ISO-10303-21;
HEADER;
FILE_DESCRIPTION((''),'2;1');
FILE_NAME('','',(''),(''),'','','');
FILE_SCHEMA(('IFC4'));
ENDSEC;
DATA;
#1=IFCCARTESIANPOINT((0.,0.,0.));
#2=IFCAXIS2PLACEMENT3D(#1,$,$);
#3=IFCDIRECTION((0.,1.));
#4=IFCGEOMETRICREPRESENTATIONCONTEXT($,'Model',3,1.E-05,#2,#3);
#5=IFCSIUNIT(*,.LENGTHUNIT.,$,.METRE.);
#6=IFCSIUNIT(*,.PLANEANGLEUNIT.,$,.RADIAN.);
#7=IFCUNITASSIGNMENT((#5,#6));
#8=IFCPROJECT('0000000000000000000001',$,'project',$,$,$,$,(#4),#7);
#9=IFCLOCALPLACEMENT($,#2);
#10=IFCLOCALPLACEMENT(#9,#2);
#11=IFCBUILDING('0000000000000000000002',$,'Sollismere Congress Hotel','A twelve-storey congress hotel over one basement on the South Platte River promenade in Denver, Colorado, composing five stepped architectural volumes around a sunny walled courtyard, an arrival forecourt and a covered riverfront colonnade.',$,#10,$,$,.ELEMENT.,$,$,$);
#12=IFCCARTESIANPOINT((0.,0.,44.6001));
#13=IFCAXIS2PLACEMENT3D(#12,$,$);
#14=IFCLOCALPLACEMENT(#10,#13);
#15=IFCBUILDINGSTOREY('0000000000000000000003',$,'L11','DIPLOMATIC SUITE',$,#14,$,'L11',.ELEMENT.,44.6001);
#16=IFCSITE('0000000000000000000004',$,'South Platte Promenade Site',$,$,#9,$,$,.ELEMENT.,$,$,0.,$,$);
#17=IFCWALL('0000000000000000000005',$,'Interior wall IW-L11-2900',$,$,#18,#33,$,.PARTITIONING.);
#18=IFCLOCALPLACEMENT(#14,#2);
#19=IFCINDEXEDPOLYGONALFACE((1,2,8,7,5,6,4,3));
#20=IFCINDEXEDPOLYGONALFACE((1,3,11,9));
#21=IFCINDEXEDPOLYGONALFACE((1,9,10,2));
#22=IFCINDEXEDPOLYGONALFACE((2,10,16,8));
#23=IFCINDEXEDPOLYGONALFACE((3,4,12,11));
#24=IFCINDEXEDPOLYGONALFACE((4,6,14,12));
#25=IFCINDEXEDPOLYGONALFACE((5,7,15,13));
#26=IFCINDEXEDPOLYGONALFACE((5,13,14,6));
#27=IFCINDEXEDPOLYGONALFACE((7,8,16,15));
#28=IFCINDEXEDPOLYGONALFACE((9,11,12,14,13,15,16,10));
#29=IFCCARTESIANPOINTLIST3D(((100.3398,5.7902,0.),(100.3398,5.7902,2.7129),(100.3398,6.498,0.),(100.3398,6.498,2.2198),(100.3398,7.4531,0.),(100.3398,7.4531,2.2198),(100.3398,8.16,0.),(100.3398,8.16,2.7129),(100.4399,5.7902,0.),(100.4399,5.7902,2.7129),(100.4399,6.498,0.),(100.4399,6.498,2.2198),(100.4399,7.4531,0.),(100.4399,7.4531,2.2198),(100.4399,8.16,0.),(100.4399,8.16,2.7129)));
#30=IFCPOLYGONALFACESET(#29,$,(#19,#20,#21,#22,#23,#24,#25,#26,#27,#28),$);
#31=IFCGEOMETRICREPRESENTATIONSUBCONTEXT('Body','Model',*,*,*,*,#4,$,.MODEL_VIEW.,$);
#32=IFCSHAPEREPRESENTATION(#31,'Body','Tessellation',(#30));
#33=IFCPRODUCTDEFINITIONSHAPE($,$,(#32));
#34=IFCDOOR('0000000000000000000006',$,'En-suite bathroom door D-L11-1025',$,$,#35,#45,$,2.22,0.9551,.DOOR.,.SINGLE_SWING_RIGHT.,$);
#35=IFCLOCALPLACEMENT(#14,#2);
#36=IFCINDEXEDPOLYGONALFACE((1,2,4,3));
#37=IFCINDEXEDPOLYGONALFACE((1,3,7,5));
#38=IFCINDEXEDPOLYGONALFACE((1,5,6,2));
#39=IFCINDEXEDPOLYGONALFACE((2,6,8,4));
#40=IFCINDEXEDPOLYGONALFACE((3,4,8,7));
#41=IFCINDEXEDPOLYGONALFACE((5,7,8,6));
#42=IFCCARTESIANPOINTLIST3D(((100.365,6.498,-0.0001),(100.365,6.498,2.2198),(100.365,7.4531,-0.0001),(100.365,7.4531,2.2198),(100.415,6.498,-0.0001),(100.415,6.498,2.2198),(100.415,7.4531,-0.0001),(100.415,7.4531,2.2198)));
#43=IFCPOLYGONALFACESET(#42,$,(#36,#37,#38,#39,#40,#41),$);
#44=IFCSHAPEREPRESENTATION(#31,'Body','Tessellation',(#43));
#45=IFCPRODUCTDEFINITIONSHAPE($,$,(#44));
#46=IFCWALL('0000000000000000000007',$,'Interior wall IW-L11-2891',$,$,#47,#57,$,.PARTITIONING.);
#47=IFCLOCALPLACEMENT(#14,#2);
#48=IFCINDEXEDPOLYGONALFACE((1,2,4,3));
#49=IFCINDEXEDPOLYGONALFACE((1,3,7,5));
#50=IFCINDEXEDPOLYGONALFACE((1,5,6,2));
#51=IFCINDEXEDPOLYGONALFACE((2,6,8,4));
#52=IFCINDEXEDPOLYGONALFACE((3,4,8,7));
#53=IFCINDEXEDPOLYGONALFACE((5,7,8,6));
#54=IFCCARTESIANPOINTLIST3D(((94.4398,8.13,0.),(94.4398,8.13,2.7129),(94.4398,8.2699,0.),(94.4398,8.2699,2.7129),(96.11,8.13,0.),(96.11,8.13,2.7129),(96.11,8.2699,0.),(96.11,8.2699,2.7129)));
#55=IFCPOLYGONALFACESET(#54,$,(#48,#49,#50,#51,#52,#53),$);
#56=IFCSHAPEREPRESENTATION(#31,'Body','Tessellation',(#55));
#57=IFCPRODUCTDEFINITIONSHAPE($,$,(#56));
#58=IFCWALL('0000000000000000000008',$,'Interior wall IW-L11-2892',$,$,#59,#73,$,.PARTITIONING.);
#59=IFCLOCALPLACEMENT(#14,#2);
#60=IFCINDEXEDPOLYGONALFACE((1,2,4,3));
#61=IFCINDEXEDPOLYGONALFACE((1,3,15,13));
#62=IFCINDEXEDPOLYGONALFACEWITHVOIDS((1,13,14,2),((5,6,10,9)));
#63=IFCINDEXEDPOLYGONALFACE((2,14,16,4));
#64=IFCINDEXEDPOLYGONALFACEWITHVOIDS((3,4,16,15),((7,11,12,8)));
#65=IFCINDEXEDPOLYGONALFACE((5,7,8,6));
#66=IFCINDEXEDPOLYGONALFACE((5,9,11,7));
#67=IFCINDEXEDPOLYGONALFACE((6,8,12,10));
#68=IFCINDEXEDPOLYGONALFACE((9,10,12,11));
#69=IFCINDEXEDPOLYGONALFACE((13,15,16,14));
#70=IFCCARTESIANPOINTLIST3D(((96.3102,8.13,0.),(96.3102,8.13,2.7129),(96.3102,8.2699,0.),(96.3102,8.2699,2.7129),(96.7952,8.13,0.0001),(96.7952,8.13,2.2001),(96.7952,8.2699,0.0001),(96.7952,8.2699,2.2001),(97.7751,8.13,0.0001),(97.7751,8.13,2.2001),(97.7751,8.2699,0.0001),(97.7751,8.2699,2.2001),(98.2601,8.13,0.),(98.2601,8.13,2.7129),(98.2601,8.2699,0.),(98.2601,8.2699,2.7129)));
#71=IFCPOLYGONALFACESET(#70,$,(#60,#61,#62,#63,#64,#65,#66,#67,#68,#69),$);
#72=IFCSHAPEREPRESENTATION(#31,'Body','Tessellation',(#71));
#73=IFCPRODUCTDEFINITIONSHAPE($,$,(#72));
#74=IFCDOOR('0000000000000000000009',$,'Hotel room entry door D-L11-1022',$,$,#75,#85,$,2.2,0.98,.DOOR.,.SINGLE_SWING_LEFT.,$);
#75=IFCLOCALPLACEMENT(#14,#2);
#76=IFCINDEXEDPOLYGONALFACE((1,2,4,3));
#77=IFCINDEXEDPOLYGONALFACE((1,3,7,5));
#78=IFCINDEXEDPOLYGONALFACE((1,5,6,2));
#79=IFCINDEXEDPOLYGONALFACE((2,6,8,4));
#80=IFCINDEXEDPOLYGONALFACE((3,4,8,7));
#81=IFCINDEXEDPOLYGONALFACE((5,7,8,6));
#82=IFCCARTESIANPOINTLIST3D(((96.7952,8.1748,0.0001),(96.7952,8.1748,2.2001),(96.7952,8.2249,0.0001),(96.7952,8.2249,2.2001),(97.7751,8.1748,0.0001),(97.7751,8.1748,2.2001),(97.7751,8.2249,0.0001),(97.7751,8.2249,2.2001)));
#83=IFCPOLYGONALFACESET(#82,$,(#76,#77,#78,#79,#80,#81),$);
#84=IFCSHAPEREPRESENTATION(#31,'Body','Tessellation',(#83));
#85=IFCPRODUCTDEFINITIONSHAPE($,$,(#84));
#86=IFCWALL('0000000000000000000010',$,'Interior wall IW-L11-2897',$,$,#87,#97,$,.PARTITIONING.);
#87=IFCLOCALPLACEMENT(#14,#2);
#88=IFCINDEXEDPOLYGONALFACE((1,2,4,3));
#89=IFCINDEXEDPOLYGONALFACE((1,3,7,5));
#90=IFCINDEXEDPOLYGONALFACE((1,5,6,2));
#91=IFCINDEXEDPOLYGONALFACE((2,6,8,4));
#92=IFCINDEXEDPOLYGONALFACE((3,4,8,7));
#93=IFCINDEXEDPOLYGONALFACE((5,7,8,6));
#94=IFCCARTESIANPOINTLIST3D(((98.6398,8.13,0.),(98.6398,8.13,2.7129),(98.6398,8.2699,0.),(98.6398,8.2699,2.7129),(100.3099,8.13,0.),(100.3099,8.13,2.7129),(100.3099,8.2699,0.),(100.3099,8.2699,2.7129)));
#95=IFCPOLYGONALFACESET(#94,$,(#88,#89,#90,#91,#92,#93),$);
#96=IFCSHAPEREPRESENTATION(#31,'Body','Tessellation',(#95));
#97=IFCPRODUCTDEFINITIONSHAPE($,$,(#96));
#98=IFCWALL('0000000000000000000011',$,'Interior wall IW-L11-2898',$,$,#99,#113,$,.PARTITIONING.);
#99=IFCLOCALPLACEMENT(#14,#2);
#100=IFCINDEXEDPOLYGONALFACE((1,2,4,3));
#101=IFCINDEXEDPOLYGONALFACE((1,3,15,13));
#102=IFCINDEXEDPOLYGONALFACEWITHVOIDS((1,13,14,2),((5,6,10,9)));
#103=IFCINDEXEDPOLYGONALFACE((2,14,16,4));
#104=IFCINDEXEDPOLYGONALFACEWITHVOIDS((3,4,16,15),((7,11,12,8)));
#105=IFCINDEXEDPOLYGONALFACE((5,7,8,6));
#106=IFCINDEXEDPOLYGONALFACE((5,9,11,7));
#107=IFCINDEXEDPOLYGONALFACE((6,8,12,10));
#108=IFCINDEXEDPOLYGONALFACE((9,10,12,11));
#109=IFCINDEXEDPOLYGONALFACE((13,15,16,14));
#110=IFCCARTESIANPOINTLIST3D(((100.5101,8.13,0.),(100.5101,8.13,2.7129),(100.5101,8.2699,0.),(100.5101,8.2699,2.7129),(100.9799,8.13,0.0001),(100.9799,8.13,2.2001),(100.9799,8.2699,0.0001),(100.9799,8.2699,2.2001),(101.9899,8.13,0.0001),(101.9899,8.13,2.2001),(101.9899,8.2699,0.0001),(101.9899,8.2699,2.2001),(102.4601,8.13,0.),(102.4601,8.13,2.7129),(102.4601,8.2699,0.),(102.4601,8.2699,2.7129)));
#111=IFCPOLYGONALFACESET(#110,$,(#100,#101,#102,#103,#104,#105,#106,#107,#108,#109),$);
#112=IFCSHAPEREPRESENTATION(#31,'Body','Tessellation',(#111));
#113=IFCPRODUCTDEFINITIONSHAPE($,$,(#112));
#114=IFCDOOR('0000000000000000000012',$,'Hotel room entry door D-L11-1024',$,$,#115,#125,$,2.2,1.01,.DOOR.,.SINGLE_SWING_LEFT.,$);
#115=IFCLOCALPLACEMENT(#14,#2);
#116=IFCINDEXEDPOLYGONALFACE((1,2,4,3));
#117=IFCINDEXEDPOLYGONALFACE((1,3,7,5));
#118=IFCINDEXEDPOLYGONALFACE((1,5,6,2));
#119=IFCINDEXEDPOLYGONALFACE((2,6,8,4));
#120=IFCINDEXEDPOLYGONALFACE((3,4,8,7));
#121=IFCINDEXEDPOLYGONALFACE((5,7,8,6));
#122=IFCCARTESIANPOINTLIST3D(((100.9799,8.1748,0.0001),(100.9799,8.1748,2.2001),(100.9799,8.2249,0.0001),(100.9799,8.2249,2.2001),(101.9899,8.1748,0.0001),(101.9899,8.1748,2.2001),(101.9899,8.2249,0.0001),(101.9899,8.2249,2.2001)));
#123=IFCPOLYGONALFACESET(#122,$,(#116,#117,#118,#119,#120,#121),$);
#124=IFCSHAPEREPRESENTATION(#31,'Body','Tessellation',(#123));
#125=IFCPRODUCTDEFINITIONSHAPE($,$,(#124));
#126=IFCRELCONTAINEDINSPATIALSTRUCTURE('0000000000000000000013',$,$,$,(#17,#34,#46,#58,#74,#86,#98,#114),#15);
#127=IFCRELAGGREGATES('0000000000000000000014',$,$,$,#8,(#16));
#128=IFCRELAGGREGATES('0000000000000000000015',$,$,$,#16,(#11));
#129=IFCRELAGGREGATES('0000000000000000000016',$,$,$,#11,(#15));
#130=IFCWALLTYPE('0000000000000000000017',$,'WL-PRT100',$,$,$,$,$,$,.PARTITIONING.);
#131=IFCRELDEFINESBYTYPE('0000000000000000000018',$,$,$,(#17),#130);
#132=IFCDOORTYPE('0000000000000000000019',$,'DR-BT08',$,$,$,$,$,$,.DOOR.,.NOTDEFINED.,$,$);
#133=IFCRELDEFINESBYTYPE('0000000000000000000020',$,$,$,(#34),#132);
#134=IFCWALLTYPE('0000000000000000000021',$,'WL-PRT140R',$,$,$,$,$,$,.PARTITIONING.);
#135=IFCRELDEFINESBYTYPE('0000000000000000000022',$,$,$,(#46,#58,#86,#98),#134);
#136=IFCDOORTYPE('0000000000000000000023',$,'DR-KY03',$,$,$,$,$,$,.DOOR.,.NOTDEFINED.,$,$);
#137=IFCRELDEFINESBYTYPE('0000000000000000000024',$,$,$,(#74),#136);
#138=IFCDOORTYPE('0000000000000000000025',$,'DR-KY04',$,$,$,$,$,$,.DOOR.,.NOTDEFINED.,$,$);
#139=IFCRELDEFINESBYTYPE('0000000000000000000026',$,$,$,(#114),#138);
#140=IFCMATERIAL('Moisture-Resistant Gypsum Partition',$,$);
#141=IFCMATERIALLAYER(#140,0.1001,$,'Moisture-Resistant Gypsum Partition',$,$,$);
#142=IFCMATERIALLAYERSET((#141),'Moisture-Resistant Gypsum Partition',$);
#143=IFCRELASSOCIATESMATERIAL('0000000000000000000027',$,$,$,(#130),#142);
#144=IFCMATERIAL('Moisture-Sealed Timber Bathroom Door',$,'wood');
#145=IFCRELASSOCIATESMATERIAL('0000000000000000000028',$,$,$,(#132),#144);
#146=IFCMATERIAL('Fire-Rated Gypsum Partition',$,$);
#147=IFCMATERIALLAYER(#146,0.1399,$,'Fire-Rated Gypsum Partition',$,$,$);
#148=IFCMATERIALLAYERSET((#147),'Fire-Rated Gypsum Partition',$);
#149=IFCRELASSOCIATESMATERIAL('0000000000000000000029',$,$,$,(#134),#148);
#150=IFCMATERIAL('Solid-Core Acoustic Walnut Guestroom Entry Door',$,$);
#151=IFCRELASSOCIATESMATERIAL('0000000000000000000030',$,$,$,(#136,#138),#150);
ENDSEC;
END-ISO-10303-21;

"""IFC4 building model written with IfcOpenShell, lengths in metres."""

from ifc_helpers import new_model, si_unit, direction, frame, frame_2d, origin, place, context, subcontext, project, spatial, rectangle, extrude, material, layer, layer_set, type_object, element, fill, save


model = new_model("IFC4")

# Units and contexts
model_context = context("Model", 3, precision=1e-05, world=origin(), true_north=direction((0.0, 1.0)))
body_context = subcontext(model_context, "Body", "Model", "MODEL_VIEW")
ifc_project = project(units=[si_unit("LENGTHUNIT", "METRE"), si_unit("PLANEANGLEUNIT", "RADIAN")], contexts=[model_context])

# Site, building, storey
site_placement = place(None, origin())
site = spatial("IfcSite", under=ifc_project, at=site_placement, Name="South Platte Promenade Site", CompositionType="ELEMENT", RefElevation=0.0)
building_placement = place(site_placement, origin())
building = spatial("IfcBuilding", under=site, at=building_placement, Name="Sollismere Congress Hotel", Description="A twelve-storey congress hotel over one basement on the South Platte River promenade in Denver, Colorado, composing five stepped architectural volumes around a sunny walled courtyard, an arrival forecourt and a covered riverfront colonnade.", CompositionType="ELEMENT")
storey_placement = place(building_placement, frame((0.0, 0.0, 44.6001)))
storey = spatial("IfcBuildingStorey", under=building, at=storey_placement, Name="L11", Description="DIPLOMATIC SUITE", LongName="L11", CompositionType="ELEMENT", Elevation=44.6001)

# Wall, opening, door
ifc_material_1 = material(Name="Moisture-Resistant Gypsum Partition")
ifc_layer_1 = layer(ifc_material_1, 0.1001, Name="Moisture-Resistant Gypsum Partition")
ifc_layer_set_1 = layer_set([ifc_layer_1], Name="Moisture-Resistant Gypsum Partition")
wall_type_1 = type_object("IfcWallType", Name="WL-PRT100", PredefinedType="PARTITIONING", material=ifc_layer_set_1)
ifc_material_2 = material(Name="Moisture-Sealed Timber Bathroom Door", Category="wood")
wall_1_placement = place(storey_placement, frame((100.3899, 5.79, 0.0), z_axis=(0.0, 0.0, 1.0), x_axis=(0.0, 1.0, 0.0)))
wall_1 = element("IfcWall", 1, at=wall_1_placement, inside=storey, type_object=wall_type_1, Name="Interior wall IW-L11-2900", PredefinedType="PARTITIONING", context=body_context, shape_type="SweptSolid", body=[
    extrude(rectangle(XDim=2.3699, YDim=0.1001, at=frame_2d((1.1851, 0.0))), origin(), (0.0, 0.0, 1.0), 2.7129),
])
opening_1_placement = place(wall_1_placement, frame((0.708, 0.0, 0.0)))
opening_1 = element("IfcOpeningElement", 2, at=opening_1_placement, cuts=wall_1, PredefinedType="OPENING", context=body_context, shape_type="SweptSolid", body=[
    extrude(rectangle(XDim=0.9551, YDim=2.22, at=frame_2d((0.4775, 1.1099))), frame((0.0, 0.0601, 0.0), z_axis=(0.0, -1.0, 0.0), x_axis=(1.0, 0.0, 0.0)), (0.0, 0.0, 1.0), 0.1201),
])
door_type_1 = type_object("IfcDoorType", Name="DR-BT08", OperationType="NOTDEFINED", PredefinedType="DOOR", material=ifc_material_2)
door_1_placement = place(opening_1_placement, origin())
door_1 = element("IfcDoor", 3, at=door_1_placement, inside=storey, type_object=door_type_1, Name="En-suite bathroom door D-L11-1025", OperationType="SINGLE_SWING_RIGHT", OverallHeight=2.22, OverallWidth=0.9551, PredefinedType="DOOR", context=body_context, shape_type="SweptSolid", body=[
    extrude(rectangle(XDim=0.9551, YDim=2.22, at=frame_2d((0.4775, 1.1099))), frame((0.0, 0.0249, 0.0), z_axis=(0.0, -1.0, 0.0), x_axis=(1.0, 0.0, 0.0)), (0.0, 0.0, 1.0), 0.05),
])
fill(opening_1, door_1)

# Wall
ifc_material_3 = material(Name="Fire-Rated Gypsum Partition")
ifc_layer_2 = layer(ifc_material_3, 0.1399, Name="Fire-Rated Gypsum Partition")
ifc_layer_set_2 = layer_set([ifc_layer_2], Name="Fire-Rated Gypsum Partition")
wall_type_2 = type_object("IfcWallType", Name="WL-PRT140R", PredefinedType="PARTITIONING", material=ifc_layer_set_2)
wall_2_placement = place(storey_placement, frame((94.4399, 8.2, 0.0), z_axis=(0.0, 0.0, 1.0), x_axis=(1.0, 0.0, 0.0)))
element("IfcWall", 4, at=wall_2_placement, inside=storey, type_object=wall_type_2, Name="Interior wall IW-L11-2891", PredefinedType="PARTITIONING", context=body_context, shape_type="SweptSolid", body=[
    extrude(rectangle(XDim=1.6702, YDim=0.1399, at=frame_2d((0.835, 0.0))), origin(), (0.0, 0.0, 1.0), 2.7129),
])

# Wall, opening, door
wall_3_placement = place(storey_placement, frame((96.3101, 8.2, 0.0), z_axis=(0.0, 0.0, 1.0), x_axis=(1.0, 0.0, 0.0)))
wall_3 = element("IfcWall", 5, at=wall_3_placement, inside=storey, type_object=wall_type_2, Name="Interior wall IW-L11-2892", PredefinedType="PARTITIONING", context=body_context, shape_type="SweptSolid", body=[
    extrude(rectangle(XDim=1.95, YDim=0.1399, at=frame_2d((0.9751, 0.0))), origin(), (0.0, 0.0, 1.0), 2.7129),
])
opening_2_placement = place(wall_3_placement, frame((0.4851, 0.0, 0.0)))
opening_2 = element("IfcOpeningElement", 6, at=opening_2_placement, cuts=wall_3, PredefinedType="OPENING", context=body_context, shape_type="SweptSolid", body=[
    extrude(rectangle(XDim=0.98, YDim=2.2, at=frame_2d((0.49, 1.1001))), frame((0.0, 0.0798, 0.0), z_axis=(0.0, -1.0, 0.0), x_axis=(1.0, 0.0, 0.0)), (0.0, 0.0, 1.0), 0.1599),
])
ifc_material_4 = material(Name="Solid-Core Acoustic Walnut Guestroom Entry Door")
door_type_2 = type_object("IfcDoorType", Name="DR-KY03", OperationType="NOTDEFINED", PredefinedType="DOOR", material=ifc_material_4)
door_2_placement = place(opening_2_placement, origin())
door_2 = element("IfcDoor", 7, at=door_2_placement, inside=storey, type_object=door_type_2, Name="Hotel room entry door D-L11-1022", OperationType="SINGLE_SWING_LEFT", OverallHeight=2.2, OverallWidth=0.98, PredefinedType="DOOR", context=body_context, shape_type="SweptSolid", body=[
    extrude(rectangle(XDim=0.98, YDim=2.2, at=frame_2d((0.49, 1.1001))), frame((0.0, 0.0249, 0.0), z_axis=(0.0, -1.0, 0.0), x_axis=(1.0, 0.0, 0.0)), (0.0, 0.0, 1.0), 0.05),
])
fill(opening_2, door_2)

# Wall
wall_4_placement = place(storey_placement, frame((98.6399, 8.2, 0.0), z_axis=(0.0, 0.0, 1.0), x_axis=(1.0, 0.0, 0.0)))
element("IfcWall", 8, at=wall_4_placement, inside=storey, type_object=wall_type_2, Name="Interior wall IW-L11-2897", PredefinedType="PARTITIONING", context=body_context, shape_type="SweptSolid", body=[
    extrude(rectangle(XDim=1.6702, YDim=0.1399, at=frame_2d((0.835, 0.0))), origin(), (0.0, 0.0, 1.0), 2.7129),
])

# Wall, opening, door
wall_5_placement = place(storey_placement, frame((100.51, 8.2, 0.0), z_axis=(0.0, 0.0, 1.0), x_axis=(1.0, 0.0, 0.0)))
wall_5 = element("IfcWall", 9, at=wall_5_placement, inside=storey, type_object=wall_type_2, Name="Interior wall IW-L11-2898", PredefinedType="PARTITIONING", context=body_context, shape_type="SweptSolid", body=[
    extrude(rectangle(XDim=1.95, YDim=0.1399, at=frame_2d((0.9751, 0.0))), origin(), (0.0, 0.0, 1.0), 2.7129),
])
opening_3_placement = place(wall_5_placement, frame((0.47, 0.0, 0.0)))
opening_3 = element("IfcOpeningElement", 10, at=opening_3_placement, cuts=wall_5, PredefinedType="OPENING", context=body_context, shape_type="SweptSolid", body=[
    extrude(rectangle(XDim=1.01, YDim=2.2, at=frame_2d((0.5049, 1.1001))), frame((0.0, 0.0798, 0.0), z_axis=(0.0, -1.0, 0.0), x_axis=(1.0, 0.0, 0.0)), (0.0, 0.0, 1.0), 0.1599),
])
door_type_3 = type_object("IfcDoorType", Name="DR-KY04", OperationType="NOTDEFINED", PredefinedType="DOOR", material=ifc_material_4)
door_3_placement = place(opening_3_placement, origin())
door_3 = element("IfcDoor", 11, at=door_3_placement, inside=storey, type_object=door_type_3, Name="Hotel room entry door D-L11-1024", OperationType="SINGLE_SWING_LEFT", OverallHeight=2.2, OverallWidth=1.01, PredefinedType="DOOR", context=body_context, shape_type="SweptSolid", body=[
    extrude(rectangle(XDim=1.01, YDim=2.2, at=frame_2d((0.5049, 1.1001))), frame((0.0, 0.0249, 0.0), z_axis=(0.0, -1.0, 0.0), x_axis=(1.0, 0.0, 0.0)), (0.0, 0.0, 1.0), 0.05),
])
fill(opening_3, door_3)

save(model, "model.ifc")
